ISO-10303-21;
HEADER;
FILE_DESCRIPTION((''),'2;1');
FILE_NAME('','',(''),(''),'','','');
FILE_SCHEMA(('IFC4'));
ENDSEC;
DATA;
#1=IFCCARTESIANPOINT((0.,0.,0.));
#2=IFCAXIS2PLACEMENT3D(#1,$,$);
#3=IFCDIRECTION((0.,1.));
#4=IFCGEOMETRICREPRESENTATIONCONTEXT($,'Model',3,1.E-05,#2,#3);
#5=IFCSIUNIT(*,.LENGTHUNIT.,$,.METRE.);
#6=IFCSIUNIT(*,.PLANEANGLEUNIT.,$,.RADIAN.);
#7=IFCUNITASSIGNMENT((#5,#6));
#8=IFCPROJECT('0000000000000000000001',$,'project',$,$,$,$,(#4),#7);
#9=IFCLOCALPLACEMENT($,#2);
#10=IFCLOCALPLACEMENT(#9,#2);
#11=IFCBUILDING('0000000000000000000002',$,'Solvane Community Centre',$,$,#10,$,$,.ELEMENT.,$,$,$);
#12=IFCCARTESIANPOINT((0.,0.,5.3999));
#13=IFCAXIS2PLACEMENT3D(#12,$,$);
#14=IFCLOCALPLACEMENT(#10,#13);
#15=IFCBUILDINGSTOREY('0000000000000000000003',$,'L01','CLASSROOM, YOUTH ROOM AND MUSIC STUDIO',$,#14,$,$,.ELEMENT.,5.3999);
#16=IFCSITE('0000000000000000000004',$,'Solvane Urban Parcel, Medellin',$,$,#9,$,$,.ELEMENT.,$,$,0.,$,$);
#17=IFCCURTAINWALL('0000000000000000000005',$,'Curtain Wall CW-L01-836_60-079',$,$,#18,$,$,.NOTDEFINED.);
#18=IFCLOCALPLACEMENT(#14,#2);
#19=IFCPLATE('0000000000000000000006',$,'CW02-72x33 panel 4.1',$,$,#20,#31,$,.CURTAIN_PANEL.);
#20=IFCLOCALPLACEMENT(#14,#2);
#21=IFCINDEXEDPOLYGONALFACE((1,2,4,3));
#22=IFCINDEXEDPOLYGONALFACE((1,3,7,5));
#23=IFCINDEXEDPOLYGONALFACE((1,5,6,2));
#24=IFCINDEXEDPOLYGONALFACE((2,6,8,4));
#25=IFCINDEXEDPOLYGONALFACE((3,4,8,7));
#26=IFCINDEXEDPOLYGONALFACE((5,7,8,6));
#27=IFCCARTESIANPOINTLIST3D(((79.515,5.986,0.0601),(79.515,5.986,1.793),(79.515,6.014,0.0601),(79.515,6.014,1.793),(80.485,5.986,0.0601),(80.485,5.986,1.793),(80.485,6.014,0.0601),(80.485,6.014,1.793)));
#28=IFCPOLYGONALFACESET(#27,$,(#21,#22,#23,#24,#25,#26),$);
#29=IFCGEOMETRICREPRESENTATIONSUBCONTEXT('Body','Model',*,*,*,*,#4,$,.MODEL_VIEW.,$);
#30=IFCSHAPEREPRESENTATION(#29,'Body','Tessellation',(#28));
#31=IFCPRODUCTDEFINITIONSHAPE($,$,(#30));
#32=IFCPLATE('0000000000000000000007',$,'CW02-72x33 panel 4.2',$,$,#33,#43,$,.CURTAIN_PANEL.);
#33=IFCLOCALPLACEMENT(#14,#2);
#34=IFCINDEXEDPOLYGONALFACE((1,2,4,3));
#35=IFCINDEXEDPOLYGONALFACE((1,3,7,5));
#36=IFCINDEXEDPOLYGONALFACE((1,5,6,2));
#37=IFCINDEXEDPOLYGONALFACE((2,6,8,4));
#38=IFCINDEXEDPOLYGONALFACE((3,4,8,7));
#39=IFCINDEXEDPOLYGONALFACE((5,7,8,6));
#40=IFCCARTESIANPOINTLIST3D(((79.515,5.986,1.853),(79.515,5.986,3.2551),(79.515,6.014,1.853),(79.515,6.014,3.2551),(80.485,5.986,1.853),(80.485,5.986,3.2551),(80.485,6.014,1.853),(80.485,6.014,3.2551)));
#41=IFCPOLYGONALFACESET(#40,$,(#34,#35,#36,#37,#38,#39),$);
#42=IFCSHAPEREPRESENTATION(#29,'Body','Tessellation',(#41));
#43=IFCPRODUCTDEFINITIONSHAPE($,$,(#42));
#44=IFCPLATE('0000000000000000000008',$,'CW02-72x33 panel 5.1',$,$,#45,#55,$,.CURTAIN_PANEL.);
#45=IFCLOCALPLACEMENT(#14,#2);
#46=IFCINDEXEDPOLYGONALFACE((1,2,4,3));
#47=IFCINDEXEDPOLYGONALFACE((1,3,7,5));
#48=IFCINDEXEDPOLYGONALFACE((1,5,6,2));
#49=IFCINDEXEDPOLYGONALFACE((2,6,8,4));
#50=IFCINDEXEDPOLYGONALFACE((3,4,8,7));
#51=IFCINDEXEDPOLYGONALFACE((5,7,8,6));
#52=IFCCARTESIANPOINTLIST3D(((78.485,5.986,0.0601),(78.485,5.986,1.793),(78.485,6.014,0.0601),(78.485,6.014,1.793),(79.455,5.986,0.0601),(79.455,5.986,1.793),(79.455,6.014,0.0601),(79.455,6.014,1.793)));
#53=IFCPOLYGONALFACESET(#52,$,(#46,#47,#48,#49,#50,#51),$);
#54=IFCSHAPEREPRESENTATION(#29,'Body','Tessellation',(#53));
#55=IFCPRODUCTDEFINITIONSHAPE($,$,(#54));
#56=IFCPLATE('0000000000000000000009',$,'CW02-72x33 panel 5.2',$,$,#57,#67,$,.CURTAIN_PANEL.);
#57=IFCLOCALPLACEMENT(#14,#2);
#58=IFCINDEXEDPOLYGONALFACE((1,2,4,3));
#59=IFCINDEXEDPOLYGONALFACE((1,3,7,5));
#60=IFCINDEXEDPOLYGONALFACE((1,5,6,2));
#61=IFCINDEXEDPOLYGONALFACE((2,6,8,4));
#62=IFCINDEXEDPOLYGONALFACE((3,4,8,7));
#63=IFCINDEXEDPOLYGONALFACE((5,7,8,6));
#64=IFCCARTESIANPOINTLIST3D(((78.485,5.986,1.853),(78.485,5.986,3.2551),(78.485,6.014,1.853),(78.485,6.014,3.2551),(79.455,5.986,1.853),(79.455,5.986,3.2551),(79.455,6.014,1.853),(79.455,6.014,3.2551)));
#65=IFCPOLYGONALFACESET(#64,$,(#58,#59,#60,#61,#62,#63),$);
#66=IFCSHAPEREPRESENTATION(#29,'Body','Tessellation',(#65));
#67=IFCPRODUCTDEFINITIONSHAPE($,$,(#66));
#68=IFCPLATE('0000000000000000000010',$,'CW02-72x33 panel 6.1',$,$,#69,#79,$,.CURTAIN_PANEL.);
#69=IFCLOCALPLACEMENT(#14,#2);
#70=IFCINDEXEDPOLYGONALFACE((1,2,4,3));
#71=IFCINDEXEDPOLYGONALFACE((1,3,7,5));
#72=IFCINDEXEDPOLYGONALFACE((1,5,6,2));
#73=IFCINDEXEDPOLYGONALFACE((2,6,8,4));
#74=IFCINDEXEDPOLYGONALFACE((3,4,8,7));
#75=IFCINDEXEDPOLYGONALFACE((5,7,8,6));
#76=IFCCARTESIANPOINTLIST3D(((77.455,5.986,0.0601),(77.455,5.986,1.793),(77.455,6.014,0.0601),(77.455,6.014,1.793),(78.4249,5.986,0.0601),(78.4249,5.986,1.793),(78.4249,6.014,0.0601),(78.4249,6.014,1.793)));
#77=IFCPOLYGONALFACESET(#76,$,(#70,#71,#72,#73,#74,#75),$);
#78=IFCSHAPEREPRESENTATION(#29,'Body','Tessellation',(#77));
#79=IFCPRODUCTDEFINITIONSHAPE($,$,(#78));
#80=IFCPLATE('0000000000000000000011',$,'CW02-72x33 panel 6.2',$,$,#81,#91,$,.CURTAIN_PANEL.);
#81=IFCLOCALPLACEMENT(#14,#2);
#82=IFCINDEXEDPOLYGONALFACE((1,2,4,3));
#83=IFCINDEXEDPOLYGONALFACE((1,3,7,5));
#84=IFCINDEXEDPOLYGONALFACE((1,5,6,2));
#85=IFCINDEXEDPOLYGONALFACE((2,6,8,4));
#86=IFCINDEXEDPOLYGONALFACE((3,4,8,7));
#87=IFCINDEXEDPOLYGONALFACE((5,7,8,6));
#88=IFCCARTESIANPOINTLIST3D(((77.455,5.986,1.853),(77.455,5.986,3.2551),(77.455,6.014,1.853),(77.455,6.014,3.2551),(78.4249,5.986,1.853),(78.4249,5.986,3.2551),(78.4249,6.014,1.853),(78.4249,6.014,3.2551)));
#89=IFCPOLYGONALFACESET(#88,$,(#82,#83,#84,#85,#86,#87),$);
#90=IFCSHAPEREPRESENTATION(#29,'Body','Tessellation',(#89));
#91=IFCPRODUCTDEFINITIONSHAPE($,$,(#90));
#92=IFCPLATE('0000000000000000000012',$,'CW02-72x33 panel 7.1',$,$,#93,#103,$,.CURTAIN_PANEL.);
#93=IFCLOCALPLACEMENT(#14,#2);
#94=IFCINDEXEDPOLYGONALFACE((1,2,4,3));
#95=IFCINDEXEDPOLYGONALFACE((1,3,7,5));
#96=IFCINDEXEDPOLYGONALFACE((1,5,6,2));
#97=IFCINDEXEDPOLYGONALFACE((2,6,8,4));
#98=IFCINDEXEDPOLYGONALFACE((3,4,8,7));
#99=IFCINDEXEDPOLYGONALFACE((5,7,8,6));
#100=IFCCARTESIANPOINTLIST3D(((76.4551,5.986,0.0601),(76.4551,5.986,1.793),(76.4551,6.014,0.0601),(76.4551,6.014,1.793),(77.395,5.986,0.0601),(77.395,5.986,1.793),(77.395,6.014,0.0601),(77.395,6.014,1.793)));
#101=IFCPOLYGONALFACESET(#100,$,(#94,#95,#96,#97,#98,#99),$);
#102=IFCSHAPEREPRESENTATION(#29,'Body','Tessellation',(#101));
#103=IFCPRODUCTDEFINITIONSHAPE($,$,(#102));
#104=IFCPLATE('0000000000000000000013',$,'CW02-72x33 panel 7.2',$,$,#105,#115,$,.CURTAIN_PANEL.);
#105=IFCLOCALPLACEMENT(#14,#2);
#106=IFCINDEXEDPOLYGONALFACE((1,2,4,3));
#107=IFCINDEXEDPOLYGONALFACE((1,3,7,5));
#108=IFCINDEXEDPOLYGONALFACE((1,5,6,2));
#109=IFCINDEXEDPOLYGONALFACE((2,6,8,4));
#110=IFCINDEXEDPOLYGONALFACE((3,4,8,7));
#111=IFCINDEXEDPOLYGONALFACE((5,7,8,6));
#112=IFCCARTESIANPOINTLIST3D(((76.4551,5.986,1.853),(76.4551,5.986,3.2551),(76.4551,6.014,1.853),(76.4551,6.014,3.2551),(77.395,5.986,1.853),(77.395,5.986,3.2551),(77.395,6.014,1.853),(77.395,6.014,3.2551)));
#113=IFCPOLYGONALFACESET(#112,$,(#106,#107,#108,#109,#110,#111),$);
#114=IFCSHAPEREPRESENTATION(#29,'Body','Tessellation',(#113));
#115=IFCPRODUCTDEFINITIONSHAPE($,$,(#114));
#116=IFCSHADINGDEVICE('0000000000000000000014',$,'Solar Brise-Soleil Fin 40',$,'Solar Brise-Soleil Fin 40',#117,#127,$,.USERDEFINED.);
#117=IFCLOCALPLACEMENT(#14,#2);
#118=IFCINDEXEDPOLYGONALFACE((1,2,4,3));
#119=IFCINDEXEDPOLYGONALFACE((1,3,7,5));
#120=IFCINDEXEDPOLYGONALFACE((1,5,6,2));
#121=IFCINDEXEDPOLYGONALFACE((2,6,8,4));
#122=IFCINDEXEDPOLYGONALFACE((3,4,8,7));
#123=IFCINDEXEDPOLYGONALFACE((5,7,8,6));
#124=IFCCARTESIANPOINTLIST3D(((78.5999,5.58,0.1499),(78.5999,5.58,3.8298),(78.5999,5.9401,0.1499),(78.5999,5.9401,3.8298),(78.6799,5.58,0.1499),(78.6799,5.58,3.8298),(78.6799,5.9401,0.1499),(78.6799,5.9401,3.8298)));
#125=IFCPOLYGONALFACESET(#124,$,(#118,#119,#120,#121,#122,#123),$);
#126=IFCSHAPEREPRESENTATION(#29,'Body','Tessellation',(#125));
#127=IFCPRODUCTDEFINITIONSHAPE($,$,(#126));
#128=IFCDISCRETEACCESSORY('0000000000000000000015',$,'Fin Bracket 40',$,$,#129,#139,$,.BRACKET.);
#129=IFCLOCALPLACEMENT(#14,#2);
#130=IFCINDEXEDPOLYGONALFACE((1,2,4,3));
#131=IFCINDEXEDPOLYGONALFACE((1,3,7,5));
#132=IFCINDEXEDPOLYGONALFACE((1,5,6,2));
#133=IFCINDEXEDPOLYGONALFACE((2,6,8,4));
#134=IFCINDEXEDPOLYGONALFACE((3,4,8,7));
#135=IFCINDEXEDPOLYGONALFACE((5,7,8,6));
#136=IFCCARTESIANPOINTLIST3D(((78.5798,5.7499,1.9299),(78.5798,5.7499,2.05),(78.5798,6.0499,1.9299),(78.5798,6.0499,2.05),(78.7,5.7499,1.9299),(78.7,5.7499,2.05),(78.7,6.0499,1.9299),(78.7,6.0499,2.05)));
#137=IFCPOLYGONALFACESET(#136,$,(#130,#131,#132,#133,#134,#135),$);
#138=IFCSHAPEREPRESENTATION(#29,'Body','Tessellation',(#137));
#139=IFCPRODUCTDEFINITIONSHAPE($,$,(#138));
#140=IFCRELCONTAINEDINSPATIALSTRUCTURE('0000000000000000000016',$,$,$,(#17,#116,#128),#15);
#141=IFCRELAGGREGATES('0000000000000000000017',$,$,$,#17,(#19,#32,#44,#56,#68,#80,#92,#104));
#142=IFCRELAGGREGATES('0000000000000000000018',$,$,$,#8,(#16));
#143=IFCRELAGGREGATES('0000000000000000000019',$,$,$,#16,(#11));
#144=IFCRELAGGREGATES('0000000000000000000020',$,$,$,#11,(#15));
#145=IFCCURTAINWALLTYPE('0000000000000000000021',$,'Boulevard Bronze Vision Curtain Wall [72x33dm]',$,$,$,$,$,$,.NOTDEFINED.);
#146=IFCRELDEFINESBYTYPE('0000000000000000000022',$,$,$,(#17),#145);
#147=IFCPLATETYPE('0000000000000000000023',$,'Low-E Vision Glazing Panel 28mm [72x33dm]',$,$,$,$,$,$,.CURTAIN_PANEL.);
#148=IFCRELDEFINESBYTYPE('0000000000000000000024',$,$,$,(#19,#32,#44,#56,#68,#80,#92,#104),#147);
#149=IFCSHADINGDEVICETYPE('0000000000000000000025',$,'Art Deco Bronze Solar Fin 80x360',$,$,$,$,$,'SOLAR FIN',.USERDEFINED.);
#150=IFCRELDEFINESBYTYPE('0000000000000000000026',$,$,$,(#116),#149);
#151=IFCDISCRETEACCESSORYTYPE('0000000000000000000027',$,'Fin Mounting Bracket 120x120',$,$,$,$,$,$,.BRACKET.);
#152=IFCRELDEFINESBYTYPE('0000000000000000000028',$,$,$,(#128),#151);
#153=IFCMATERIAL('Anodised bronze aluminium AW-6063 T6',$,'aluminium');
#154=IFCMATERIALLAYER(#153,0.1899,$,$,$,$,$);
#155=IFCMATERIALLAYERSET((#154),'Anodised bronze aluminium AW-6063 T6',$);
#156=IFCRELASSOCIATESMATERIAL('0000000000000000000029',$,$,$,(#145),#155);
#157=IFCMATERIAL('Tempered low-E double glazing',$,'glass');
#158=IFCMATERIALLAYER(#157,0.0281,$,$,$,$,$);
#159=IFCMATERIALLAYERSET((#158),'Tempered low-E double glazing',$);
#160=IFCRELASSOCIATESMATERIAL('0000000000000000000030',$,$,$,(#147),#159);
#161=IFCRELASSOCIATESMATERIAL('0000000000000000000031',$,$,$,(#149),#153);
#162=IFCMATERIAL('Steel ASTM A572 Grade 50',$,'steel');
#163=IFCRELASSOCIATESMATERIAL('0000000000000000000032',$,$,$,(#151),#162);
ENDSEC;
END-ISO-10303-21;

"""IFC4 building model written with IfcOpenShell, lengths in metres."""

from ifc_helpers import new_model, si_unit, direction, frame, origin, origin_2d, place, context, subcontext, project, spatial, rectangle, extrude, material, layer, layer_set, type_object, element, aggregate, save


model = new_model("IFC4")

# Units and contexts
model_context = context("Model", 3, precision=1e-05, world=origin(), true_north=direction((0.0, 1.0)))
body_context = subcontext(model_context, "Body", "Model", "MODEL_VIEW")
ifc_project = project(units=[si_unit("LENGTHUNIT", "METRE"), si_unit("PLANEANGLEUNIT", "RADIAN")], contexts=[model_context])

# Site, building, storey
site_placement = place(None, origin())
site = spatial("IfcSite", under=ifc_project, at=site_placement, Name="Solvane Urban Parcel, Medellin", CompositionType="ELEMENT", RefElevation=0.0)
building_placement = place(site_placement, origin())
building = spatial("IfcBuilding", under=site, at=building_placement, Name="Solvane Community Centre", CompositionType="ELEMENT")
storey_placement = place(building_placement, frame((0.0, 0.0, 5.3999)))
storey = spatial("IfcBuildingStorey", under=building, at=storey_placement, Name="L01", Description="CLASSROOM, YOUTH ROOM AND MUSIC STUDIO", CompositionType="ELEMENT", Elevation=5.3999)

# Curtain wall, plates
ifc_material_1 = material(Name="Anodised bronze aluminium AW-6063 T6", Category="aluminium")
ifc_layer_1 = layer(ifc_material_1, 0.1899)
ifc_layer_set_1 = layer_set([ifc_layer_1], Name="Anodised bronze aluminium AW-6063 T6")
curtain_wall_type = type_object("IfcCurtainWallType", Name="Boulevard Bronze Vision Curtain Wall [72x33dm]", PredefinedType="NOTDEFINED", material=ifc_layer_set_1)
curtain_wall_placement = place(storey_placement, origin())
curtain_wall = element("IfcCurtainWall", 1, at=curtain_wall_placement, inside=storey, type_object=curtain_wall_type, Name="Curtain Wall CW-L01-836_60-079", PredefinedType="NOTDEFINED")
ifc_material_2 = material(Name="Tempered low-E double glazing", Category="glass")
ifc_layer_2 = layer(ifc_material_2, 0.0281)
ifc_layer_set_2 = layer_set([ifc_layer_2], Name="Tempered low-E double glazing")
plate_type = type_object("IfcPlateType", Name="Low-E Vision Glazing Panel 28mm [72x33dm]", PredefinedType="CURTAIN_PANEL", material=ifc_layer_set_2)
plate_1_placement = place(storey_placement, frame((80.0, 6.0, 0.0601), z_axis=(0.0, 0.0, 1.0), x_axis=(-1.0, 0.0, 0.0)))
plate_1 = element("IfcPlate", 2, at=plate_1_placement, type_object=plate_type, Name="CW02-72x33 panel 4.1", PredefinedType="CURTAIN_PANEL", context=body_context, shape_type="SweptSolid", body=[
    extrude(rectangle(XDim=0.97, YDim=0.0281, at=origin_2d()), origin(), (0.0, 0.0, 1.0), 1.7329),
])
plate_2_placement = place(storey_placement, frame((80.0, 6.0, 1.853), z_axis=(0.0, 0.0, 1.0), x_axis=(-1.0, 0.0, 0.0)))
plate_2 = element("IfcPlate", 3, at=plate_2_placement, type_object=plate_type, Name="CW02-72x33 panel 4.2", PredefinedType="CURTAIN_PANEL", context=body_context, shape_type="SweptSolid", body=[
    extrude(rectangle(XDim=0.97, YDim=0.0281, at=origin_2d()), origin(), (0.0, 0.0, 1.0), 1.4021),
])
plate_3_placement = place(storey_placement, frame((78.97, 6.0, 0.0601), z_axis=(0.0, 0.0, 1.0), x_axis=(-1.0, 0.0, 0.0)))
plate_3 = element("IfcPlate", 4, at=plate_3_placement, type_object=plate_type, Name="CW02-72x33 panel 5.1", PredefinedType="CURTAIN_PANEL", context=body_context, shape_type="SweptSolid", body=[
    extrude(rectangle(XDim=0.97, YDim=0.0281, at=origin_2d()), origin(), (0.0, 0.0, 1.0), 1.7329),
])
plate_4_placement = place(storey_placement, frame((78.97, 6.0, 1.853), z_axis=(0.0, 0.0, 1.0), x_axis=(-1.0, 0.0, 0.0)))
plate_4 = element("IfcPlate", 5, at=plate_4_placement, type_object=plate_type, Name="CW02-72x33 panel 5.2", PredefinedType="CURTAIN_PANEL", context=body_context, shape_type="SweptSolid", body=[
    extrude(rectangle(XDim=0.97, YDim=0.0281, at=origin_2d()), origin(), (0.0, 0.0, 1.0), 1.4021),
])
plate_5_placement = place(storey_placement, frame((77.9399, 6.0, 0.0601), z_axis=(0.0, 0.0, 1.0), x_axis=(-1.0, 0.0, 0.0)))
plate_5 = element("IfcPlate", 6, at=plate_5_placement, type_object=plate_type, Name="CW02-72x33 panel 6.1", PredefinedType="CURTAIN_PANEL", context=body_context, shape_type="SweptSolid", body=[
    extrude(rectangle(XDim=0.97, YDim=0.0281, at=origin_2d()), origin(), (0.0, 0.0, 1.0), 1.7329),
])
plate_6_placement = place(storey_placement, frame((77.9399, 6.0, 1.853), z_axis=(0.0, 0.0, 1.0), x_axis=(-1.0, 0.0, 0.0)))
plate_6 = element("IfcPlate", 7, at=plate_6_placement, type_object=plate_type, Name="CW02-72x33 panel 6.2", PredefinedType="CURTAIN_PANEL", context=body_context, shape_type="SweptSolid", body=[
    extrude(rectangle(XDim=0.97, YDim=0.0281, at=origin_2d()), origin(), (0.0, 0.0, 1.0), 1.4021),
])
plate_7_placement = place(storey_placement, frame((76.925, 6.0, 0.0601), z_axis=(0.0, 0.0, 1.0), x_axis=(-1.0, 0.0, 0.0)))
plate_7 = element("IfcPlate", 8, at=plate_7_placement, type_object=plate_type, Name="CW02-72x33 panel 7.1", PredefinedType="CURTAIN_PANEL", context=body_context, shape_type="SweptSolid", body=[
    extrude(rectangle(XDim=0.9399, YDim=0.0281, at=origin_2d()), origin(), (0.0, 0.0, 1.0), 1.7329),
])
plate_8_placement = place(storey_placement, frame((76.925, 6.0, 1.853), z_axis=(0.0, 0.0, 1.0), x_axis=(-1.0, 0.0, 0.0)))
plate_8 = element("IfcPlate", 9, at=plate_8_placement, type_object=plate_type, Name="CW02-72x33 panel 7.2", PredefinedType="CURTAIN_PANEL", context=body_context, shape_type="SweptSolid", body=[
    extrude(rectangle(XDim=0.9399, YDim=0.0281, at=origin_2d()), origin(), (0.0, 0.0, 1.0), 1.4021),
])
aggregate(curtain_wall, [plate_1, plate_2, plate_3, plate_4, plate_5, plate_6, plate_7, plate_8])

# Shading device
shading_device_type = type_object("IfcShadingDeviceType", Name="Art Deco Bronze Solar Fin 80x360", ElementType="SOLAR FIN", PredefinedType="USERDEFINED", material=ifc_material_1)
shading_device_placement = place(storey_placement, frame((78.6399, 5.76, 0.1499), z_axis=(0.0, 0.0, 1.0), x_axis=(-1.0, 0.0, 0.0)))
element("IfcShadingDevice", 10, at=shading_device_placement, inside=storey, type_object=shading_device_type, Name="Solar Brise-Soleil Fin 40", ObjectType="Solar Brise-Soleil Fin 40", PredefinedType="USERDEFINED", context=body_context, shape_type="SweptSolid", body=[
    extrude(rectangle(XDim=0.0801, YDim=0.3601, at=origin_2d()), origin(), (0.0, 0.0, 1.0), 3.6799),
])

# Discrete accessory
ifc_material_3 = material(Name="Steel ASTM A572 Grade 50", Category="steel")
discrete_accessory_type = type_object("IfcDiscreteAccessoryType", Name="Fin Mounting Bracket 120x120", PredefinedType="BRACKET", material=ifc_material_3)
discrete_accessory_placement = place(storey_placement, frame((78.6399, 5.8999, 1.9299), z_axis=(0.0, 0.0, 1.0), x_axis=(-1.0, 0.0, 0.0)))
element("IfcDiscreteAccessory", 11, at=discrete_accessory_placement, inside=storey, type_object=discrete_accessory_type, Name="Fin Bracket 40", PredefinedType="BRACKET", context=body_context, shape_type="SweptSolid", body=[
    extrude(rectangle(XDim=0.1201, YDim=0.3, at=origin_2d()), origin(), (0.0, 0.0, 1.0), 0.1201),
])

save(model, "model.ifc")
